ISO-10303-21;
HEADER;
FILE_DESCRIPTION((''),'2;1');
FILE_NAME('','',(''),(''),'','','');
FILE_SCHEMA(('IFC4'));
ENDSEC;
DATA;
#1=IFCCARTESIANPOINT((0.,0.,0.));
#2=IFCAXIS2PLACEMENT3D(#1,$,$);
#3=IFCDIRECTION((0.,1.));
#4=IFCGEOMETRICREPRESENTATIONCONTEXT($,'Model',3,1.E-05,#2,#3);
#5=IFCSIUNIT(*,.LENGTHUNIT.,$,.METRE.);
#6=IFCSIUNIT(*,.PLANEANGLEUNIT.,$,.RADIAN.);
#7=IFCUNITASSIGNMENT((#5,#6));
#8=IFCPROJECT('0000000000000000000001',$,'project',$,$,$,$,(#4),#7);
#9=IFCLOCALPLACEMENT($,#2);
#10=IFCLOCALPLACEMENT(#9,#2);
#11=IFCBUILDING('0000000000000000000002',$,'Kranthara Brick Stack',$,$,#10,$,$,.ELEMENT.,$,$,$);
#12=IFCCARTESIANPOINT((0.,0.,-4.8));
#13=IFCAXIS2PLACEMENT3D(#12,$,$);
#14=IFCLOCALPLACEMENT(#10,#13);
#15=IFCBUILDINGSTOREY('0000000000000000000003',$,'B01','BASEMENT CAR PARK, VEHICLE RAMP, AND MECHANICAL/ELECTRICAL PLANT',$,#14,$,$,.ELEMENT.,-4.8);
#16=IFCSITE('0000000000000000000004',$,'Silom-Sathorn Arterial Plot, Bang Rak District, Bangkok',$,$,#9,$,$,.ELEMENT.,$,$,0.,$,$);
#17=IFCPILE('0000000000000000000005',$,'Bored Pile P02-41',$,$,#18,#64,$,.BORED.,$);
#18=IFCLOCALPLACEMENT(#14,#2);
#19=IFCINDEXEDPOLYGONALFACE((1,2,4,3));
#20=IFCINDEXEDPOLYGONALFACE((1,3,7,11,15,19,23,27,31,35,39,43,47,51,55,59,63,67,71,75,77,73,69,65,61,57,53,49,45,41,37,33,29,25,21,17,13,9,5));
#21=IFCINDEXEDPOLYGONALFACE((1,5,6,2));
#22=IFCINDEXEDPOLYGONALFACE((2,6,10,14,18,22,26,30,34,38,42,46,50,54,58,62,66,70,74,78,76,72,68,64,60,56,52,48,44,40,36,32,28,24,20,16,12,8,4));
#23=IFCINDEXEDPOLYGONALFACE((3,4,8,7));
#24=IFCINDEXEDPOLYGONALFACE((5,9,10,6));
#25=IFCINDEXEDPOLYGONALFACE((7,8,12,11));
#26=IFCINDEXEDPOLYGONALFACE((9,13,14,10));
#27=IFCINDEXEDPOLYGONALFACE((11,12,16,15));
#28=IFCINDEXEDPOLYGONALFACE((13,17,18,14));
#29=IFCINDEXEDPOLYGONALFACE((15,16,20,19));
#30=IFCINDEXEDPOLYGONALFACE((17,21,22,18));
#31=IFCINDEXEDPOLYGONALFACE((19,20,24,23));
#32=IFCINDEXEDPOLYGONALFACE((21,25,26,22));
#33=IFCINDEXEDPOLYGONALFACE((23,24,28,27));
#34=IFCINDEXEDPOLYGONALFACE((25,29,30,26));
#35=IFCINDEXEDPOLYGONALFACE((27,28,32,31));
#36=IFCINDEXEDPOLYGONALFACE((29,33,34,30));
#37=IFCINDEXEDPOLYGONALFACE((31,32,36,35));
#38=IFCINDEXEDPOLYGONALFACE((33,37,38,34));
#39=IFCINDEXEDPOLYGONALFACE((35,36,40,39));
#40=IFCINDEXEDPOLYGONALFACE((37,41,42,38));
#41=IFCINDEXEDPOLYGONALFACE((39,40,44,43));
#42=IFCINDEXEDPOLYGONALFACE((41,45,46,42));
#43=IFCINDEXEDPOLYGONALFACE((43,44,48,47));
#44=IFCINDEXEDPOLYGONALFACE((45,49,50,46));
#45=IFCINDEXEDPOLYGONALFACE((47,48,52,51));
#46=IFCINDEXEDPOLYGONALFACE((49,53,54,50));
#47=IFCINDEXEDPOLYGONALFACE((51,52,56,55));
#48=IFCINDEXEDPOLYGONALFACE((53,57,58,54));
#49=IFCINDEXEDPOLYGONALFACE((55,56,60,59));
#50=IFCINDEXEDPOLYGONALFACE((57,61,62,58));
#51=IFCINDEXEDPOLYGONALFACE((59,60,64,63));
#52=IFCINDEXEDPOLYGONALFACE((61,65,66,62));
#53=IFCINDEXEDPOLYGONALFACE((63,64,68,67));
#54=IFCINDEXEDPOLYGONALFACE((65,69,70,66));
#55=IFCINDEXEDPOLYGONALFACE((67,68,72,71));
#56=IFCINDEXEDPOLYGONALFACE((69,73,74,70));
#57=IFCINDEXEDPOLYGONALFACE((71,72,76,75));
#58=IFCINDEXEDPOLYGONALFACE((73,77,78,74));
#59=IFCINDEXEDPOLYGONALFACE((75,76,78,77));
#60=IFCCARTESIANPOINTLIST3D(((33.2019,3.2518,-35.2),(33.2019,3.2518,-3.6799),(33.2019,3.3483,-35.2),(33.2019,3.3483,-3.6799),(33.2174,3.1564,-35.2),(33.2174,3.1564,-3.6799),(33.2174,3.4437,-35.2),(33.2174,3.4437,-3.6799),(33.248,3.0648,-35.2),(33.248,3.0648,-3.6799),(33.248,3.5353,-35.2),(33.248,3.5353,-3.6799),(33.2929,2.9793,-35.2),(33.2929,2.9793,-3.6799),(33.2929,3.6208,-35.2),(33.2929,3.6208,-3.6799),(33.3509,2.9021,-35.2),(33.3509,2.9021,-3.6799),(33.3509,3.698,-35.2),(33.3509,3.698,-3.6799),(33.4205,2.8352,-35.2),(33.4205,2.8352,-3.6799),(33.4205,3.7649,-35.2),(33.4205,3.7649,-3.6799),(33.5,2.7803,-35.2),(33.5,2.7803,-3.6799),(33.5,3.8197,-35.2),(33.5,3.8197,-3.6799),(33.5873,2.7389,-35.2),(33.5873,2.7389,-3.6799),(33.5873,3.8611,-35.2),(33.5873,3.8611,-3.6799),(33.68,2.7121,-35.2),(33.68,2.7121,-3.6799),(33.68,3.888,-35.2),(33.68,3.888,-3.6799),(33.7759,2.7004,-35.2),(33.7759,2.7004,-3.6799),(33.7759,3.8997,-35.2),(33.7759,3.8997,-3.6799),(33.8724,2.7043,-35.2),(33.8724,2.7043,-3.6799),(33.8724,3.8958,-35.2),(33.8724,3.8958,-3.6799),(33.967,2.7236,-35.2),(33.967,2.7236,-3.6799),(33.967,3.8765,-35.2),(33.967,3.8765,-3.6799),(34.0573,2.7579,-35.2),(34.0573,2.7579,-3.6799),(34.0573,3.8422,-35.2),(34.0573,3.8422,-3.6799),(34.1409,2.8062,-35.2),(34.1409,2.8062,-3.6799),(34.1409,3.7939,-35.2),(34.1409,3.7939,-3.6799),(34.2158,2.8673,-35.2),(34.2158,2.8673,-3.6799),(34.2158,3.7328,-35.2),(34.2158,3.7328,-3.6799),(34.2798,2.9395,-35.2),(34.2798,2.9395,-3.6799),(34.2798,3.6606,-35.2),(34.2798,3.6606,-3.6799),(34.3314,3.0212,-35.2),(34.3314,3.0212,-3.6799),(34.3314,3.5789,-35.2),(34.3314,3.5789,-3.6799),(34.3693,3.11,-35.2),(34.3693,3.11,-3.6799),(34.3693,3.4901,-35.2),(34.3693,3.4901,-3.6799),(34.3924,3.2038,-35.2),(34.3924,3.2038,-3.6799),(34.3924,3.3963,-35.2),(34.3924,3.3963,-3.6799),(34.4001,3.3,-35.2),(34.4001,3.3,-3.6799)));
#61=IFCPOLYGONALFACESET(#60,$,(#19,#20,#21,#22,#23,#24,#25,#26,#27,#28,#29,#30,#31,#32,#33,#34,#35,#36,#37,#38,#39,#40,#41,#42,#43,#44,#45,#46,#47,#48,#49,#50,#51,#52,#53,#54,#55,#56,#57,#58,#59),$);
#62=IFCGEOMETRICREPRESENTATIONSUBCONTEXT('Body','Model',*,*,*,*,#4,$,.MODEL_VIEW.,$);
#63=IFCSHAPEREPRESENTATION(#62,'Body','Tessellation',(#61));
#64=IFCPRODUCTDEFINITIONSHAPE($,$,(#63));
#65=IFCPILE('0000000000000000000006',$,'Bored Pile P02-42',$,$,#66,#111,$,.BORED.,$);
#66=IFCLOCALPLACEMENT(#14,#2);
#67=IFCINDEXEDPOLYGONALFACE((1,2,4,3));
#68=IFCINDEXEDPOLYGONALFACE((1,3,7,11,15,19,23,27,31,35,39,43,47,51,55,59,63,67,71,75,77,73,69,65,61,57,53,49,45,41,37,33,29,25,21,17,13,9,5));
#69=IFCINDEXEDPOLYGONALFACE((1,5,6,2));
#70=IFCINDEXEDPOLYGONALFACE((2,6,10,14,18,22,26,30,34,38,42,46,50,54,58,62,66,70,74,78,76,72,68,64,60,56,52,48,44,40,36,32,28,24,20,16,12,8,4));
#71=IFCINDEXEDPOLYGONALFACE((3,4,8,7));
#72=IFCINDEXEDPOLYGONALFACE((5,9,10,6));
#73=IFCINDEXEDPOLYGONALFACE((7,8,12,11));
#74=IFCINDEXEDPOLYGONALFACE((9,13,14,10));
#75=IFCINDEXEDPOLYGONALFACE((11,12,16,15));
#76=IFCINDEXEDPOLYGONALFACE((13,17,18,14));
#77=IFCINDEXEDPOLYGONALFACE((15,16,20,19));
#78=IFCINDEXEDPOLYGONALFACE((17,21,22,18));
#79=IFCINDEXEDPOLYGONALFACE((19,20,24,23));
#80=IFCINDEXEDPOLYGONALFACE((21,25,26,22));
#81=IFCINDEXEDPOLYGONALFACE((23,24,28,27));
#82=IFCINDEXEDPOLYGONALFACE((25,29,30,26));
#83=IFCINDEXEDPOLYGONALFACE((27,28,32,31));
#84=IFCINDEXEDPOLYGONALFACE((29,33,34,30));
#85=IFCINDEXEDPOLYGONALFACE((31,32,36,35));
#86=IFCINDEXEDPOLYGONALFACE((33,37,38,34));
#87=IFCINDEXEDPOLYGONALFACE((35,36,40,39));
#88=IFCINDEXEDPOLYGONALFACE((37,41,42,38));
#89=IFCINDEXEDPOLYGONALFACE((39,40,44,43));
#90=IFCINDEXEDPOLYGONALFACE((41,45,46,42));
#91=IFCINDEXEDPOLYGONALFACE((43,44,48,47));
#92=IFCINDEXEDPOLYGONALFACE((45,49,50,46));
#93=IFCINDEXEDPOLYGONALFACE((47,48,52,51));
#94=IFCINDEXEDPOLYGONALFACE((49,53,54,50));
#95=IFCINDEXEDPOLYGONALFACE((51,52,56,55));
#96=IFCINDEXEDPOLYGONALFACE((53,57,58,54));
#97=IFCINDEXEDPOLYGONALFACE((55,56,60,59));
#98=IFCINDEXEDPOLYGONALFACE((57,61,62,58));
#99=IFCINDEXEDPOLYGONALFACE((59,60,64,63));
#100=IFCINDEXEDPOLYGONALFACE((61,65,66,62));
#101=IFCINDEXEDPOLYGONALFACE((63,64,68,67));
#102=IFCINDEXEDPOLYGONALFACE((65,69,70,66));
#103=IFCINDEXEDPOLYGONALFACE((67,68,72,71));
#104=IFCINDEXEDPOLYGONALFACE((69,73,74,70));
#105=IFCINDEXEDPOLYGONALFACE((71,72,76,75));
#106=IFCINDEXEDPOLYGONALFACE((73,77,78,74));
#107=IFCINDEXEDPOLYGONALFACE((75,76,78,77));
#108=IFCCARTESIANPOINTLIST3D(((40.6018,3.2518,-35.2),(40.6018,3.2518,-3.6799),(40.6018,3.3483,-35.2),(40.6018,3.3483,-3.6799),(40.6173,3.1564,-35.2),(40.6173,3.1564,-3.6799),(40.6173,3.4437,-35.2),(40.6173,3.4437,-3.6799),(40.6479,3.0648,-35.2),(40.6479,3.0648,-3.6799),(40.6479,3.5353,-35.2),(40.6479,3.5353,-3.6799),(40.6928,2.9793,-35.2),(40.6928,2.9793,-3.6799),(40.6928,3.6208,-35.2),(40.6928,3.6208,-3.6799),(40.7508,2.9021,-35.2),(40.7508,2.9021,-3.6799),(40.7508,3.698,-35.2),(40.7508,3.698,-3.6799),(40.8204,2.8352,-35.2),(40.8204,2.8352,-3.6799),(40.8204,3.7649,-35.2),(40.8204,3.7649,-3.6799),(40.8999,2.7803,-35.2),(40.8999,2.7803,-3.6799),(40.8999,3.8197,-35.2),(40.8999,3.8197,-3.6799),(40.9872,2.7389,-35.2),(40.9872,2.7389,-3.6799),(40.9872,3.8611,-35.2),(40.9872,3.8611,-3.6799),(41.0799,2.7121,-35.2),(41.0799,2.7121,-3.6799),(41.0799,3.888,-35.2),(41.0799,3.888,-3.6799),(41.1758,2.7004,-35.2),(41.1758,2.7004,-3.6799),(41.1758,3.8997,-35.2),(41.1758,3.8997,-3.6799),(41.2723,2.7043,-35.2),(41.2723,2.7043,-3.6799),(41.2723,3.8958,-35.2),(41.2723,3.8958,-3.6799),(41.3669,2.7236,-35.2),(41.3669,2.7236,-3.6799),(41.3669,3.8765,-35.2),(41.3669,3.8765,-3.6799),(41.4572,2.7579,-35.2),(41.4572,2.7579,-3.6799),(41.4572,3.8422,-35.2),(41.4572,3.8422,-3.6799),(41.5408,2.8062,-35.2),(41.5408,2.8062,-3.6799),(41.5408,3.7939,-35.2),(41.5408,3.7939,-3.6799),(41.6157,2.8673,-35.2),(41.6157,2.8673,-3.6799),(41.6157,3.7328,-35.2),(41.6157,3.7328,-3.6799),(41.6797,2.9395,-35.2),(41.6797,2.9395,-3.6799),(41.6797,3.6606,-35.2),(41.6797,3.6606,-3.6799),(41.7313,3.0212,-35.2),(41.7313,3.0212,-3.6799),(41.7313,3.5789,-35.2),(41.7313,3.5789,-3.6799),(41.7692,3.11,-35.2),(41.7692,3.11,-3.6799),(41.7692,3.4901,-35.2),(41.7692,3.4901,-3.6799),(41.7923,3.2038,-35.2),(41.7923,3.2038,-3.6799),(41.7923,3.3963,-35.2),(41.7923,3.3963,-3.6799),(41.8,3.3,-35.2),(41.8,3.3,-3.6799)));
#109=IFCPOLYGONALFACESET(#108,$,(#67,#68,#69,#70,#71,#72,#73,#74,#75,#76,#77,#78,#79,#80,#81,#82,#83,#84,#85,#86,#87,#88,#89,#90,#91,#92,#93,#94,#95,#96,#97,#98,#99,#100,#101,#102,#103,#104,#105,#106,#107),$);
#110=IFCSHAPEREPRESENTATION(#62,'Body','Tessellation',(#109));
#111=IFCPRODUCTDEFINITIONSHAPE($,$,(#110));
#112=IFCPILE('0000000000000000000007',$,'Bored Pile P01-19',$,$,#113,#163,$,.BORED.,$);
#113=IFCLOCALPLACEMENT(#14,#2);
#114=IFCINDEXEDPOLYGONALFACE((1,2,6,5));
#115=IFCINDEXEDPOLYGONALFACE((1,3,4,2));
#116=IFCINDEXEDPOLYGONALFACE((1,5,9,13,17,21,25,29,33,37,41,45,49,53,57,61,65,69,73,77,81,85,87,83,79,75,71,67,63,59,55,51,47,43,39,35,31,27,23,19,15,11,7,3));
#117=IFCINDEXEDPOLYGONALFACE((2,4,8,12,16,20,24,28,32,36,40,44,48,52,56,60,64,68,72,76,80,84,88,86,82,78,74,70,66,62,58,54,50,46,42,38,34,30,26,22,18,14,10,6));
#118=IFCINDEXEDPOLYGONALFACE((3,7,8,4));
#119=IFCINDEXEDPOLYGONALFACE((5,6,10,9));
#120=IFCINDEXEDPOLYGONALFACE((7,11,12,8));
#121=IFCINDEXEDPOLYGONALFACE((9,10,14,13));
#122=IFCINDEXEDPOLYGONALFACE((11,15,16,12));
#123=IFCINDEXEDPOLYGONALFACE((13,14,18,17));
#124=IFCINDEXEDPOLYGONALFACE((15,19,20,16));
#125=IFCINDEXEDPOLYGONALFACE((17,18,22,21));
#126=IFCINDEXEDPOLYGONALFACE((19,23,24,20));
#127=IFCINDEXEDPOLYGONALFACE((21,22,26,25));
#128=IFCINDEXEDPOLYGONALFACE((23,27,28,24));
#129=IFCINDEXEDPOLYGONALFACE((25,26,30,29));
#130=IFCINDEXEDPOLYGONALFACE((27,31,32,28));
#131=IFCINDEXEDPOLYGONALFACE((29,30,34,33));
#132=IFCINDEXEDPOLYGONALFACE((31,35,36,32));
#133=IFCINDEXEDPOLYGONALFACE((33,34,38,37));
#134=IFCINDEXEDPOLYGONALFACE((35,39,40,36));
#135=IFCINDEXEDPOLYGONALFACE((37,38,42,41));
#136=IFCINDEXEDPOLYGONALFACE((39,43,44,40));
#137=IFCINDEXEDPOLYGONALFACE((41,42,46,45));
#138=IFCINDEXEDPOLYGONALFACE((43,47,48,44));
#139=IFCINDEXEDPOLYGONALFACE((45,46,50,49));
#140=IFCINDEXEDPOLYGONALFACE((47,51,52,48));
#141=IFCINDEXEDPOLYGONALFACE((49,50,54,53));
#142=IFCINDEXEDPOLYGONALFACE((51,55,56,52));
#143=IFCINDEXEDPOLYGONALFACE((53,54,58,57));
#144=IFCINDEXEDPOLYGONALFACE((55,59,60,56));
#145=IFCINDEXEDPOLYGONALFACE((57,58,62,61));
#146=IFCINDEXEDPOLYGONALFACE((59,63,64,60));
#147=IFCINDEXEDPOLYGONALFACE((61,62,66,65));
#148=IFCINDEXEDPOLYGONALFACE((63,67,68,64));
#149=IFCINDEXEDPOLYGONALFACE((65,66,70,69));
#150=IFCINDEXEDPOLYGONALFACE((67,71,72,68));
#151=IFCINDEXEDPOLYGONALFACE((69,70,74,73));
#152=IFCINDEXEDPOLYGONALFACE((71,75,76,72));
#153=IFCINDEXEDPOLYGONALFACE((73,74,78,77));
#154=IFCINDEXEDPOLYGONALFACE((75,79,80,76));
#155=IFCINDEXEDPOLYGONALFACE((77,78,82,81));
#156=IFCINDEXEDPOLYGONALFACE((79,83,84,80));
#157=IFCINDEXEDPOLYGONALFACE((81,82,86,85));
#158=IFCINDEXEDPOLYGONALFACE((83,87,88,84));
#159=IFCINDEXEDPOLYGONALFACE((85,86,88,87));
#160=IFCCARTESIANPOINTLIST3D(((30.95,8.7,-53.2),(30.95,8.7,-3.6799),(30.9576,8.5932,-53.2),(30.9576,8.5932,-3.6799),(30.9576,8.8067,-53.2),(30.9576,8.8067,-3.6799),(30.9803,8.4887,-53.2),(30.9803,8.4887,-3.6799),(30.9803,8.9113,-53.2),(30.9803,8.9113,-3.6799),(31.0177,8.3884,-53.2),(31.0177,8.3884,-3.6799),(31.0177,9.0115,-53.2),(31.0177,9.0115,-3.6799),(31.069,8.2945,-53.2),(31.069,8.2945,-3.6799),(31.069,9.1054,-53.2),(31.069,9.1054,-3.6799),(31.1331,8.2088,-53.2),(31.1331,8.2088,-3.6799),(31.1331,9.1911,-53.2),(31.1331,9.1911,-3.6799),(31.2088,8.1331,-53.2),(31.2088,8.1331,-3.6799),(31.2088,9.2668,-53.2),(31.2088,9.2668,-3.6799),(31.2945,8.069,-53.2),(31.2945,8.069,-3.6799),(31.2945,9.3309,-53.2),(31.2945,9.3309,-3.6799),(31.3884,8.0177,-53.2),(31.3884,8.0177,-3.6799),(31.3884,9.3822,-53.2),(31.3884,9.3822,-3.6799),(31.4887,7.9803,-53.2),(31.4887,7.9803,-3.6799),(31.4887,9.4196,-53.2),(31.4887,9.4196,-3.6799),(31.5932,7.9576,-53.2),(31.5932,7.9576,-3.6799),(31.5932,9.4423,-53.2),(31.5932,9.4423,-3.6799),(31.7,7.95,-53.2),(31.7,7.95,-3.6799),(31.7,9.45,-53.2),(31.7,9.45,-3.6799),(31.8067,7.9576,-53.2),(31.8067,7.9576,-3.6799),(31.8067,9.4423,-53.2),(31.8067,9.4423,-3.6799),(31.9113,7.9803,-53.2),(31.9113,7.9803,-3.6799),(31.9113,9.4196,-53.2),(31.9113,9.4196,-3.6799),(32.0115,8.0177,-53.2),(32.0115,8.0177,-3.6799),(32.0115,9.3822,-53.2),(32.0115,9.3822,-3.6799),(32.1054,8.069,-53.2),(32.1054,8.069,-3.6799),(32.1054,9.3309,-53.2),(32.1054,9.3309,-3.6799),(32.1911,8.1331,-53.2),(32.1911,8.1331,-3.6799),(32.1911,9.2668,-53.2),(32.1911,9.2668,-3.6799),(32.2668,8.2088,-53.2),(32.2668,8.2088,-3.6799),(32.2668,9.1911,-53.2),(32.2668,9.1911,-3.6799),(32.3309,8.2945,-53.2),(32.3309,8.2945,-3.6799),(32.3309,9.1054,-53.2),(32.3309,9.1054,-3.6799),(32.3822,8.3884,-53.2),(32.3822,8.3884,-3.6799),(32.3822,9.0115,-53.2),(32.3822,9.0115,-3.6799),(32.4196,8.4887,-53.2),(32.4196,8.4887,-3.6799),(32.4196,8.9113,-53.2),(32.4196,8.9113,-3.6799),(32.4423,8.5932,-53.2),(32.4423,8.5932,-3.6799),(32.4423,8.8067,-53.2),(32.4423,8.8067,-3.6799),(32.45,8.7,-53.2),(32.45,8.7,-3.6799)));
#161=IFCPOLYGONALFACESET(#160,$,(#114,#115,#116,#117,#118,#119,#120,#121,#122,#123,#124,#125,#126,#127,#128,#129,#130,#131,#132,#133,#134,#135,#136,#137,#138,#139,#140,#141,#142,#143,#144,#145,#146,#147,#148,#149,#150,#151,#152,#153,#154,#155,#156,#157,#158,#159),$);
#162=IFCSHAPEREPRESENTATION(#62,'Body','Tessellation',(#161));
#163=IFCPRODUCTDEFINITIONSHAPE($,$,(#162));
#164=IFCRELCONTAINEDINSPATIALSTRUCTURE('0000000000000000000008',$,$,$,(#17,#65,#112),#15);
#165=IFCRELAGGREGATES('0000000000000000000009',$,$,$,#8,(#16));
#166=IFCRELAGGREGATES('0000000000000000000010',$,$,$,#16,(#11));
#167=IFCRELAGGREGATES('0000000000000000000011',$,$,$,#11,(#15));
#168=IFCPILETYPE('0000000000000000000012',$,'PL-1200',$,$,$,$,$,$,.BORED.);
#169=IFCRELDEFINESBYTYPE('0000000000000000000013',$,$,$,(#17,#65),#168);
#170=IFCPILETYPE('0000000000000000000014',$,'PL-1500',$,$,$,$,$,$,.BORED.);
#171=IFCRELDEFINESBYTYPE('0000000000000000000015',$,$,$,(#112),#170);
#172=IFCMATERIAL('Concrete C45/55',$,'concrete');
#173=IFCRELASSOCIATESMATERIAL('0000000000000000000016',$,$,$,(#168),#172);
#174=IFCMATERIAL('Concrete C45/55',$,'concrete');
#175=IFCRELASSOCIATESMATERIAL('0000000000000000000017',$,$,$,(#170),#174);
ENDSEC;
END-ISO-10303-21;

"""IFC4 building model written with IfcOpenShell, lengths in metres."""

from ifc_helpers import new_model, si_unit, direction, frame, origin, origin_2d, place, context, subcontext, project, spatial, circle, extrude, material, material_profile, profile_set, type_object, element, save


model = new_model("IFC4")

# Units and contexts
model_context = context("Model", 3, precision=1e-05, world=origin(), true_north=direction((0.0, 1.0)))
body_context = subcontext(model_context, "Body", "Model", "MODEL_VIEW")
ifc_project = project(units=[si_unit("LENGTHUNIT", "METRE"), si_unit("PLANEANGLEUNIT", "RADIAN")], contexts=[model_context])

# Site, building, storey
site_placement = place(None, origin())
site = spatial("IfcSite", under=ifc_project, at=site_placement, Name="Silom-Sathorn Arterial Plot, Bang Rak District, Bangkok", CompositionType="ELEMENT", RefElevation=0.0)
building_placement = place(site_placement, origin())
building = spatial("IfcBuilding", under=site, at=building_placement, Name="Kranthara Brick Stack", CompositionType="ELEMENT")
storey_placement = place(building_placement, frame((0.0, 0.0, -4.8)))
storey = spatial("IfcBuildingStorey", under=building, at=storey_placement, Name="B01", Description="BASEMENT CAR PARK, VEHICLE RAMP, AND MECHANICAL/ELECTRICAL PLANT", CompositionType="ELEMENT", Elevation=-4.8)

# Piles
ifc_material_1 = material(Name="Concrete C45/55", Category="concrete")
ifc_material_profile_1 = material_profile(ifc_material_1, circle(Radius=0.6001, at=origin_2d()), Name="BORED PILE 1200")
ifc_profile_set_1 = profile_set([ifc_material_profile_1], Name="Concrete C45/55")
pile_type_1 = type_object("IfcPileType", Name="PL-1200", PredefinedType="BORED", material=ifc_profile_set_1)
for number, where, z_axis, x_axis, name in (
    (1, (33.8, 3.3, -3.6799), (0.0, 0.0, -1.0), (1.0, 0.0, 0.0), "Bored Pile P02-41"),
    (2, (41.2, 3.3, -3.6799), (0.0, 0.0, -1.0), (1.0, 0.0, 0.0), "Bored Pile P02-42"),
):
    element("IfcPile", number, at=place(storey_placement, frame(where, z_axis=z_axis, x_axis=x_axis)), inside=storey, type_object=pile_type_1, Name=name, PredefinedType="BORED", context=body_context, shape_type="SweptSolid", body=[
        extrude(circle(Radius=0.6001, at=origin_2d()), origin(), (0.0, 0.0, 1.0), 31.52),
    ])
ifc_material_2 = material(Name="Concrete C45/55", Category="concrete")
ifc_material_profile_2 = material_profile(ifc_material_2, circle(Radius=0.75, at=origin_2d()), Name="BORED PILE 1500")
ifc_profile_set_2 = profile_set([ifc_material_profile_2], Name="Concrete C45/55")
pile_type_2 = type_object("IfcPileType", Name="PL-1500", PredefinedType="BORED", material=ifc_profile_set_2)
for number, where, z_axis, x_axis, name in (
    (3, (31.7, 8.7, -3.6799), (0.0, 0.0, -1.0), (1.0, 0.0, 0.0), "Bored Pile P01-19"),
):
    element("IfcPile", number, at=place(storey_placement, frame(where, z_axis=z_axis, x_axis=x_axis)), inside=storey, type_object=pile_type_2, Name=name, PredefinedType="BORED", context=body_context, shape_type="SweptSolid", body=[
        extrude(circle(Radius=0.75, at=origin_2d()), origin(), (0.0, 0.0, 1.0), 49.52),
    ])

save(model, "model.ifc")
